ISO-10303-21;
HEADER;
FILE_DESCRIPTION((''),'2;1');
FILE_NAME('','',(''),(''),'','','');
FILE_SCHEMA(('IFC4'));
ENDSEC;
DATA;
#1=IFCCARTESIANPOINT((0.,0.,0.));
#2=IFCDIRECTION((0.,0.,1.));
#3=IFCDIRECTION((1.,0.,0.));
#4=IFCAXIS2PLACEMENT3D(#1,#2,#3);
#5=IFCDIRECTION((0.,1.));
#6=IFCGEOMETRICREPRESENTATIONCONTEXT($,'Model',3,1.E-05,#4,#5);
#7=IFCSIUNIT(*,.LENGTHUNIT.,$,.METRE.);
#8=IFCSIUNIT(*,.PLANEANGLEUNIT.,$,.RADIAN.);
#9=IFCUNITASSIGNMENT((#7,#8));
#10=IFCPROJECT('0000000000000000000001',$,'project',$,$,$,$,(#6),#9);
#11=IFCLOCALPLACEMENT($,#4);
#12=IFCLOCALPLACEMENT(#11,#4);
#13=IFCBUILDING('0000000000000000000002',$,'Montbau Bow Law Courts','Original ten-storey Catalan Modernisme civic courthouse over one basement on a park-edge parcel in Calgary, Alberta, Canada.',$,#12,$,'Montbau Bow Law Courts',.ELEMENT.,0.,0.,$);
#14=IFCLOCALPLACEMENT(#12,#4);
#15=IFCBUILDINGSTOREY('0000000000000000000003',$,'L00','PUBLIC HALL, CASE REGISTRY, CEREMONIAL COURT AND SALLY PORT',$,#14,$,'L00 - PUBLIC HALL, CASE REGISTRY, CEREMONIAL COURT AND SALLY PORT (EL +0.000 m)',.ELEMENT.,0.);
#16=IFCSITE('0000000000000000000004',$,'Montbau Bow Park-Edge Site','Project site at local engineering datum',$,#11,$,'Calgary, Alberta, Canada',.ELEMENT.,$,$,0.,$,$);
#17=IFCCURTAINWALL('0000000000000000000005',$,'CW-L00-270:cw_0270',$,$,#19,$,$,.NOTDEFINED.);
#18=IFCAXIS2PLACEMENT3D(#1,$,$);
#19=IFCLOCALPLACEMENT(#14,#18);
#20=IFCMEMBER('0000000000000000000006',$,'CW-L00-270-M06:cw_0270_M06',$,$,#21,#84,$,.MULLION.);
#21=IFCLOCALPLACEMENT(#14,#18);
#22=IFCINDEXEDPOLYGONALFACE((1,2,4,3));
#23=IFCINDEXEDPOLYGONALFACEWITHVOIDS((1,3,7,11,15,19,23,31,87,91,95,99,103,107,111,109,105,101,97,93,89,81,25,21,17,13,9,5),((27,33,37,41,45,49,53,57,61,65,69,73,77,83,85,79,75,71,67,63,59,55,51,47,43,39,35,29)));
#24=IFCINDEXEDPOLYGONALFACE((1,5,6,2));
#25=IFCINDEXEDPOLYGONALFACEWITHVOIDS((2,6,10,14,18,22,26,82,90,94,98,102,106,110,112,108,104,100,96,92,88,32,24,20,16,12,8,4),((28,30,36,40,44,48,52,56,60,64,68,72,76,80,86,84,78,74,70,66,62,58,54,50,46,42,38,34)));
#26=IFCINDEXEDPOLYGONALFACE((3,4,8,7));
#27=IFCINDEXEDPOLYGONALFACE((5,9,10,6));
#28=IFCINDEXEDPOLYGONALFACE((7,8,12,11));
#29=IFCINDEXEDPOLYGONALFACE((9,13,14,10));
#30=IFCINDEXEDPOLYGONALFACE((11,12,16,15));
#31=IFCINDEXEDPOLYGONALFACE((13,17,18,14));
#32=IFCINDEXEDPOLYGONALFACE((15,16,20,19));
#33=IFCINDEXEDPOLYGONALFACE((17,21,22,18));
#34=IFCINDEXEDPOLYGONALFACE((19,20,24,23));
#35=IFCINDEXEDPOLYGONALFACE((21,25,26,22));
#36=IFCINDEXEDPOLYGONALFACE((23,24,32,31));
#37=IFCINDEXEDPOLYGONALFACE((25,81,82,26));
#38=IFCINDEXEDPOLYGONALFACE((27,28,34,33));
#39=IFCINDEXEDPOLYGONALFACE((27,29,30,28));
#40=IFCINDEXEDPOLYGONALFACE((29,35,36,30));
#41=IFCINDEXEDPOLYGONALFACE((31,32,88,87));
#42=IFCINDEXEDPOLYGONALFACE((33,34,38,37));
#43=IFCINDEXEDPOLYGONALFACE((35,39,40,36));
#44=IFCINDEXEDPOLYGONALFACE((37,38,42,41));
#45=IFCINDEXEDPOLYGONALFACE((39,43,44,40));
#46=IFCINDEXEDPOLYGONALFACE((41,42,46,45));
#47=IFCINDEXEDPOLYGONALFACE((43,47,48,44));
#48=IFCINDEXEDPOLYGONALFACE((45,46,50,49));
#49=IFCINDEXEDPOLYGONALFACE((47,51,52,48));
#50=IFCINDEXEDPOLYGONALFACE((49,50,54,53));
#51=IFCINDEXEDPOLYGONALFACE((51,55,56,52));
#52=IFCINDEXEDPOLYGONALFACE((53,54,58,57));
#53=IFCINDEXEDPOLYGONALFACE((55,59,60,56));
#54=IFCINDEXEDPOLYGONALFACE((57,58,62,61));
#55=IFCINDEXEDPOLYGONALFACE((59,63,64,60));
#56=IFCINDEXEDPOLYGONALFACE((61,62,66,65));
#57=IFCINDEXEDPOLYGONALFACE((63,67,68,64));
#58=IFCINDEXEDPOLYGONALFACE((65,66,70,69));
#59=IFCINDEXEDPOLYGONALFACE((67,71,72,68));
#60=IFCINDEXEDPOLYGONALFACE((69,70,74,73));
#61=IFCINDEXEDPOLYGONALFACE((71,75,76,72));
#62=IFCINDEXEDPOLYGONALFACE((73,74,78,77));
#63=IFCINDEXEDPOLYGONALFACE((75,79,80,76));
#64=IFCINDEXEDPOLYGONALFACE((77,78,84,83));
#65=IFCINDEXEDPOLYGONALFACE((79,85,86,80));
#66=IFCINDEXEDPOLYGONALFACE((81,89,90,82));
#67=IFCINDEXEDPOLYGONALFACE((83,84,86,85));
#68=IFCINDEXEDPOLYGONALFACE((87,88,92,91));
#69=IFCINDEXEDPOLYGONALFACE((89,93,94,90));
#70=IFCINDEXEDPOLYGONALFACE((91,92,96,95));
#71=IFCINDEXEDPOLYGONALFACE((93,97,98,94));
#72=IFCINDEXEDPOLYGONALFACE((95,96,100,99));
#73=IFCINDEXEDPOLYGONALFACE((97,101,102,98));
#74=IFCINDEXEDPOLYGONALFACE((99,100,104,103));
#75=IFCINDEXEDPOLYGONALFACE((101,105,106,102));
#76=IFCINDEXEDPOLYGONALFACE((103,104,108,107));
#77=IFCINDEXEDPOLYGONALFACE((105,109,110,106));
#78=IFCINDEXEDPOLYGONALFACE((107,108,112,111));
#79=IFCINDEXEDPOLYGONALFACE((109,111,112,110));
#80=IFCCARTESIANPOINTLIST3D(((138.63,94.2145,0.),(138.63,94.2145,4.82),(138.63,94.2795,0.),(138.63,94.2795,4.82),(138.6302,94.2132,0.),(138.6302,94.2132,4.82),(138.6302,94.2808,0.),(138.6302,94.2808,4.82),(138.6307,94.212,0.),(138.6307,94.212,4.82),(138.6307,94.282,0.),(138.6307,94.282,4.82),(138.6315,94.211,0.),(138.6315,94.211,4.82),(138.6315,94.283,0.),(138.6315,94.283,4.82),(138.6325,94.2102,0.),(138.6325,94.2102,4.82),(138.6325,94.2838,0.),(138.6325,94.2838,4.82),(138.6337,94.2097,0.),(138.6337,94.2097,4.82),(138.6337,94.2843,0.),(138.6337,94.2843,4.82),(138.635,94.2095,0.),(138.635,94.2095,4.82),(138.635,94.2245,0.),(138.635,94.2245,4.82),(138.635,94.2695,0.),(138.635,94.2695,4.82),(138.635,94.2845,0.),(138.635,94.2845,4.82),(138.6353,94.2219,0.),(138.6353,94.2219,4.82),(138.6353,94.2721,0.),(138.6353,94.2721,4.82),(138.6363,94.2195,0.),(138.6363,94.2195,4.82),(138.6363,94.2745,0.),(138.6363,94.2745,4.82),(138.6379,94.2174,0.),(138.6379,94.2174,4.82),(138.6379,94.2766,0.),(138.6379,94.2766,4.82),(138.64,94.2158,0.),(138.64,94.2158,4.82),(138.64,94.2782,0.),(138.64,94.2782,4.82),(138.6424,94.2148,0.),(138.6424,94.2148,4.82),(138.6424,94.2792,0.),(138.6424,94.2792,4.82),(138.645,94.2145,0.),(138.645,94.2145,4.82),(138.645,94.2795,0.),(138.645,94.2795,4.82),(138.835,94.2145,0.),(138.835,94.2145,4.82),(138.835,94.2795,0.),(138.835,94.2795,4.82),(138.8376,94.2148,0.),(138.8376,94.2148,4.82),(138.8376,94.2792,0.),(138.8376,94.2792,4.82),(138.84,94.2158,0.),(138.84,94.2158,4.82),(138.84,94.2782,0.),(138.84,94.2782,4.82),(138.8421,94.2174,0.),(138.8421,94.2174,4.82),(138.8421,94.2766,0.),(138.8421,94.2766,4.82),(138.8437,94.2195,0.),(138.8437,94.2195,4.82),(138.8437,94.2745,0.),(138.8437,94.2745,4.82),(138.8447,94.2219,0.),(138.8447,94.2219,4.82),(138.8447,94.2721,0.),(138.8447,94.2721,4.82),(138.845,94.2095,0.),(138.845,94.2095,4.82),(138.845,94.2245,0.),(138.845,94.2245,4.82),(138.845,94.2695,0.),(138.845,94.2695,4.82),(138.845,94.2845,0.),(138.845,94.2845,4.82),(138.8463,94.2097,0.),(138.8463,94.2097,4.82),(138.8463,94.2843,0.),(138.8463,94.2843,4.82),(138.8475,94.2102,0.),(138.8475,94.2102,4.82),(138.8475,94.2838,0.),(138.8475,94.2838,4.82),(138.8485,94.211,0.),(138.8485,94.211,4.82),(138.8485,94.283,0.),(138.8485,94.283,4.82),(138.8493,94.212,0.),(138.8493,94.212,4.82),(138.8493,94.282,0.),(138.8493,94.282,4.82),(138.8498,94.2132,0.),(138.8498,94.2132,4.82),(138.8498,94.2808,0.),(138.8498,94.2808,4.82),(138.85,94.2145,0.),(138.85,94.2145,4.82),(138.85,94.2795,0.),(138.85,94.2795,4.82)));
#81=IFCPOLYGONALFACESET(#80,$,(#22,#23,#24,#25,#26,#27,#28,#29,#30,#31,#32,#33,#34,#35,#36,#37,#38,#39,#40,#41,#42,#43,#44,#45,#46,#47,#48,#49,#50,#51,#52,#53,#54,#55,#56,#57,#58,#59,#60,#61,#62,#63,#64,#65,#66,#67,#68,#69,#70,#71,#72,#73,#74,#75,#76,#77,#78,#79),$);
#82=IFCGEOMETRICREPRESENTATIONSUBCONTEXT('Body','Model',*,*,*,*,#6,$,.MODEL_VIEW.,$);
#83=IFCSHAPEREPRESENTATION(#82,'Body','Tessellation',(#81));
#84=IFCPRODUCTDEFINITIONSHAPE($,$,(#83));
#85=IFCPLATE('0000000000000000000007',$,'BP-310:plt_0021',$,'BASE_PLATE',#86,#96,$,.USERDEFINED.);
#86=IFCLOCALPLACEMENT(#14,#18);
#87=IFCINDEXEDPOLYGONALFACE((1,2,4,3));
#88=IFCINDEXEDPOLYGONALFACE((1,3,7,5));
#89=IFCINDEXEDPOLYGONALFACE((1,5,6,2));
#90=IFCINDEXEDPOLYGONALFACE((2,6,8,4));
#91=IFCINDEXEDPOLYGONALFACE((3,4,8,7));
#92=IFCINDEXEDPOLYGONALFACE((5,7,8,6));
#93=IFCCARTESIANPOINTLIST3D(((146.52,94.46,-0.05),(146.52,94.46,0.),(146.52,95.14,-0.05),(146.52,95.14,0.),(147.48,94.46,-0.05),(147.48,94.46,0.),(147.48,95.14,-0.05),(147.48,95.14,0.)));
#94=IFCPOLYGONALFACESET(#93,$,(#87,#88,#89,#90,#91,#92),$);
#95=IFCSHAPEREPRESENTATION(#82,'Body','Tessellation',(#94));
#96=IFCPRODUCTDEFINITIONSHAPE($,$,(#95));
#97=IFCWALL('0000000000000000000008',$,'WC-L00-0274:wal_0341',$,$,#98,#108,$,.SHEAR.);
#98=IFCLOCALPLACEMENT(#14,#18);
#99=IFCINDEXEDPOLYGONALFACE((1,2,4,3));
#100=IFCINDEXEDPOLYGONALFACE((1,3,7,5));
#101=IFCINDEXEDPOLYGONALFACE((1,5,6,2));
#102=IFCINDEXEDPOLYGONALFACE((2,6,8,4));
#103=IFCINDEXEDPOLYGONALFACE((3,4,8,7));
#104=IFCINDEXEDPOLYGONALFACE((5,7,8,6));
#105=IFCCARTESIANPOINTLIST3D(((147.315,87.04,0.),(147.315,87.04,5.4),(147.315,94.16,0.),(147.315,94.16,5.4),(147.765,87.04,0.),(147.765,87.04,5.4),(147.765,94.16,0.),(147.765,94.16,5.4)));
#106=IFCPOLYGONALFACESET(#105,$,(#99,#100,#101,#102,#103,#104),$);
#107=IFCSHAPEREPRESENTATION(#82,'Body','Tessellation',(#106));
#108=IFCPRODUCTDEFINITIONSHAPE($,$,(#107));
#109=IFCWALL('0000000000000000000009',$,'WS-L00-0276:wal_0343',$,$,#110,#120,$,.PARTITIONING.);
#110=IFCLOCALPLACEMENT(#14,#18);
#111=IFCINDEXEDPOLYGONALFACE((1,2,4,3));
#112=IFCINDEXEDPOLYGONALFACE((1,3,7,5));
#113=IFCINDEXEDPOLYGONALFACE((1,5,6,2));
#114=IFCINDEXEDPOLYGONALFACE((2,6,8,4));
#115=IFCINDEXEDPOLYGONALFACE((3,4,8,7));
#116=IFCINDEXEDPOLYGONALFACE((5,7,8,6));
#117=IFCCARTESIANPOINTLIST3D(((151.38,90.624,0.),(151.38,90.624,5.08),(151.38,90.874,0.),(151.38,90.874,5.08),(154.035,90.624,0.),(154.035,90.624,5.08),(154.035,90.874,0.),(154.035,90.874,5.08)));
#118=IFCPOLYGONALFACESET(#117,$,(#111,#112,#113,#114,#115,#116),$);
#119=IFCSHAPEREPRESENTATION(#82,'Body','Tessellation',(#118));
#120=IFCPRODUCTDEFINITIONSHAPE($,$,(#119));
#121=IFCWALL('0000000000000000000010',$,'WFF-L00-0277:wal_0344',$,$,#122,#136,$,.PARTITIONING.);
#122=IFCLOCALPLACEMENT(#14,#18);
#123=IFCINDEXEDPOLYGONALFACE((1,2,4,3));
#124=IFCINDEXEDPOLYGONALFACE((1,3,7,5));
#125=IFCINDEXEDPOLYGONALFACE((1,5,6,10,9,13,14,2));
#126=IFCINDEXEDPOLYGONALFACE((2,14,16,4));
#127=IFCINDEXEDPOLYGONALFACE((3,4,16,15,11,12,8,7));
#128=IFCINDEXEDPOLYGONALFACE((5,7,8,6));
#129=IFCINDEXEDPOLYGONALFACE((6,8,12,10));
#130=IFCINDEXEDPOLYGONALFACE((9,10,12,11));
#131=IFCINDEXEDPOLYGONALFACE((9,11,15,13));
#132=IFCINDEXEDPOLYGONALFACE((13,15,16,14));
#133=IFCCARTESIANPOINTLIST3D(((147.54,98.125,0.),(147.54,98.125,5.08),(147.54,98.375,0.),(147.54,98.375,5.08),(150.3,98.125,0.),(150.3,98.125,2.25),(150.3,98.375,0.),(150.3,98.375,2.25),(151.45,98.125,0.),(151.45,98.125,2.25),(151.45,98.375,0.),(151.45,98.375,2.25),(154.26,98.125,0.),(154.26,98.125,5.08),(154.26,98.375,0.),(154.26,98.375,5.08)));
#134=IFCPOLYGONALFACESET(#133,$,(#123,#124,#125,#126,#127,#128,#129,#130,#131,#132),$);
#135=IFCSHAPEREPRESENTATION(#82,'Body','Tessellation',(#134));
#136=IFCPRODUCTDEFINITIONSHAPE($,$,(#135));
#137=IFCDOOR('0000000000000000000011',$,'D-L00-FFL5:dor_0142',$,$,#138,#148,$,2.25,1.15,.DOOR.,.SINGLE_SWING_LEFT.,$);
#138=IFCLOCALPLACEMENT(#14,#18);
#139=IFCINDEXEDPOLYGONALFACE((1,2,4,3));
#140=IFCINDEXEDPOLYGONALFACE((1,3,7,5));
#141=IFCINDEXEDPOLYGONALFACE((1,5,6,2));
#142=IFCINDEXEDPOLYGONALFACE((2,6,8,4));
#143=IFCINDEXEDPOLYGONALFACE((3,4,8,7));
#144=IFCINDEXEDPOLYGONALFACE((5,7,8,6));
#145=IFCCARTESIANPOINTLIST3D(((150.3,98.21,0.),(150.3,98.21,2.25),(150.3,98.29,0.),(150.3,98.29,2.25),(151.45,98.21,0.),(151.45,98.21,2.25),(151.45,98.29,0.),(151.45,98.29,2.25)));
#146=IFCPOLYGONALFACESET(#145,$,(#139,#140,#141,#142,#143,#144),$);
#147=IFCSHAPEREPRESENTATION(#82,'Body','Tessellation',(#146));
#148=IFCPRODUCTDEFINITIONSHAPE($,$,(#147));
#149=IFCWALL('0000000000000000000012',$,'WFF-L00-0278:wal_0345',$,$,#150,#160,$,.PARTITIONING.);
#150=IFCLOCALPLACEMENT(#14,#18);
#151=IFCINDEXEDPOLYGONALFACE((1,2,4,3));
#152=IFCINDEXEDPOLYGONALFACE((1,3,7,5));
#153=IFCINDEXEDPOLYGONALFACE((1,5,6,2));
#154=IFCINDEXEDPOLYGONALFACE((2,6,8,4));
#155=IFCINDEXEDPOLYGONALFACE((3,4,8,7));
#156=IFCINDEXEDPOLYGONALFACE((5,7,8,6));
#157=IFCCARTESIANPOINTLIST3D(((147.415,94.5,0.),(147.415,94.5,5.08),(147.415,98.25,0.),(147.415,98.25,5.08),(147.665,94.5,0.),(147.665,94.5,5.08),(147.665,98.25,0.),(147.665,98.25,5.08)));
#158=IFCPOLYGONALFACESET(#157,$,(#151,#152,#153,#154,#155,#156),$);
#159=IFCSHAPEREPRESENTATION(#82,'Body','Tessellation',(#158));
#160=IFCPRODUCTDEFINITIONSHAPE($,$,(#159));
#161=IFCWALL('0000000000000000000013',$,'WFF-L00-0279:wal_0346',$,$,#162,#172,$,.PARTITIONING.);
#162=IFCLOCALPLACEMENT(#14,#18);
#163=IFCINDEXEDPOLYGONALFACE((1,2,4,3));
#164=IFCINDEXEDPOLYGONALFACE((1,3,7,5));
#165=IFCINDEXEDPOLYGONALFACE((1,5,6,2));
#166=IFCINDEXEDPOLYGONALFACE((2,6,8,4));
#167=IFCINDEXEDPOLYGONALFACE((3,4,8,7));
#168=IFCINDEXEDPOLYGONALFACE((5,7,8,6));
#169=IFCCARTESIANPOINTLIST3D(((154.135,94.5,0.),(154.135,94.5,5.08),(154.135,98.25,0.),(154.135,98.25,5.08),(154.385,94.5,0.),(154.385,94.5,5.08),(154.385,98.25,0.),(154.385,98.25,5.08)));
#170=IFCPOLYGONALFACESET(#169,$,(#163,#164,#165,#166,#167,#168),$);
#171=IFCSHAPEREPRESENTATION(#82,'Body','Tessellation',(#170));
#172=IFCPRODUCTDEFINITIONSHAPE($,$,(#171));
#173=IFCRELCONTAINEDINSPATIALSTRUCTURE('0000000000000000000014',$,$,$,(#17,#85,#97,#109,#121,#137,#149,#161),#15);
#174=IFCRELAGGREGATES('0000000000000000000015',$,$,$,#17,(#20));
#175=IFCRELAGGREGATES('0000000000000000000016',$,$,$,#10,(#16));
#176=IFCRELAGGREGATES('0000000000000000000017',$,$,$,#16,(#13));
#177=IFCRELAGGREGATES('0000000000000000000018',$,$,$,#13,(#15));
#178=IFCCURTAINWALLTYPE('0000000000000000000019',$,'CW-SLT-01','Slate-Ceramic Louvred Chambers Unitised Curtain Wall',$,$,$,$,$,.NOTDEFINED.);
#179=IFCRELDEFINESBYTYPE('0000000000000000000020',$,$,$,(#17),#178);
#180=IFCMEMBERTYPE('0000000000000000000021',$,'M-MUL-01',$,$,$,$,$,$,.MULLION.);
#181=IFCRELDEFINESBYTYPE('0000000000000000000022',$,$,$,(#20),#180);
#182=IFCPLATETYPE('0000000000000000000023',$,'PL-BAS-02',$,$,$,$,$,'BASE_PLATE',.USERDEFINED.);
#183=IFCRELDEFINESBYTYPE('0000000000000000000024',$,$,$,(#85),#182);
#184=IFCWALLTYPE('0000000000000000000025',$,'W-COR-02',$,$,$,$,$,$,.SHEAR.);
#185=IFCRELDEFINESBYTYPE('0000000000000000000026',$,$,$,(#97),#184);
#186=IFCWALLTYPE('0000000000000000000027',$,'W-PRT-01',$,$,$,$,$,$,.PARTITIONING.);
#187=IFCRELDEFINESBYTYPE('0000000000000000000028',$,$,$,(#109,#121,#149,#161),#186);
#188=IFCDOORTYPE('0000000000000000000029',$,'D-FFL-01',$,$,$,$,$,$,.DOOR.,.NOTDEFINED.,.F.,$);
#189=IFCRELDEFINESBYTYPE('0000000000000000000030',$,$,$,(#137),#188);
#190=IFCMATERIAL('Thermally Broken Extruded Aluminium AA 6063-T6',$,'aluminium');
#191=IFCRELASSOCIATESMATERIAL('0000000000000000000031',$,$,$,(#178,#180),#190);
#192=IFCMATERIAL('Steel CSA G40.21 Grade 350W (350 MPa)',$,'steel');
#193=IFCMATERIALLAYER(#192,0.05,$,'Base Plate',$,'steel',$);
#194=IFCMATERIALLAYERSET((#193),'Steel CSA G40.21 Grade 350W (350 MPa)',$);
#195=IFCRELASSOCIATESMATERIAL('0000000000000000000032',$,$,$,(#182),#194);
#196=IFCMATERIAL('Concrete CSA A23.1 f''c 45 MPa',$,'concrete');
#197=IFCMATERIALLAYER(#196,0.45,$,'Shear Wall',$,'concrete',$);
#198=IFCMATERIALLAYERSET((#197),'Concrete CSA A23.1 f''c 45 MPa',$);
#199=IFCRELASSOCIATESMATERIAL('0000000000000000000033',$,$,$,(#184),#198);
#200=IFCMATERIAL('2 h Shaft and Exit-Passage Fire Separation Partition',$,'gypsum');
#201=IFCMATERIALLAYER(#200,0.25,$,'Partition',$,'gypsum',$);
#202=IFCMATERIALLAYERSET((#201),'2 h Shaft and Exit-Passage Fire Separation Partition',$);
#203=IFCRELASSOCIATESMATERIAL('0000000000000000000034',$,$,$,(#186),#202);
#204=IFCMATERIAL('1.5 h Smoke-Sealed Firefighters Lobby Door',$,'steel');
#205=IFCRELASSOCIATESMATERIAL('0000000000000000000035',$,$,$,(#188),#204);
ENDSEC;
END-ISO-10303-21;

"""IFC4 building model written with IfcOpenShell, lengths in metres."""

from ifc_helpers import new_model, si_unit, direction, frame, frame_2d, origin_with_axes, origin_2d_with_axis, place, context, subcontext, project, spatial, rectangle, hollow_rectangle, extrude, material, layer, layer_set, material_profile, profile_set, type_object, element, fill, aggregate, save


model = new_model("IFC4")

# Units and contexts
model_context = context("Model", 3, precision=1e-05, world=origin_with_axes(), true_north=direction((0.0, 1.0)))
body_context = subcontext(model_context, "Body", "Model", "MODEL_VIEW")
ifc_project = project(units=[si_unit("LENGTHUNIT", "METRE"), si_unit("PLANEANGLEUNIT", "RADIAN")], contexts=[model_context])

# Site, building, storey
site_placement = place(None, origin_with_axes())
site = spatial("IfcSite", under=ifc_project, at=site_placement, Name="Montbau Bow Park-Edge Site", Description="Project site at local engineering datum", LongName="Calgary, Alberta, Canada", CompositionType="ELEMENT", RefElevation=0.0)
building_placement = place(site_placement, origin_with_axes())
building = spatial("IfcBuilding", under=site, at=building_placement, Name="Montbau Bow Law Courts", Description="Original ten-storey Catalan Modernisme civic courthouse over one basement on a park-edge parcel in Calgary, Alberta, Canada.", LongName="Montbau Bow Law Courts", CompositionType="ELEMENT", ElevationOfRefHeight=0.0, ElevationOfTerrain=0.0)
storey_placement = place(building_placement, origin_with_axes())
storey = spatial("IfcBuildingStorey", under=building, at=storey_placement, Name="L00", Description="PUBLIC HALL, CASE REGISTRY, CEREMONIAL COURT AND SALLY PORT", LongName="L00 - PUBLIC HALL, CASE REGISTRY, CEREMONIAL COURT AND SALLY PORT (EL +0.000 m)", CompositionType="ELEMENT", Elevation=0.0)

# Shared definitions
ifc_material_1 = material(Name="Steel CSA G40.21 Grade 350W (350 MPa)", Category="steel")

# Curtain wall, member
ifc_material_2 = material(Name="Thermally Broken Extruded Aluminium AA 6063-T6", Category="aluminium")
curtain_wall_type = type_object("IfcCurtainWallType", Name="CW-SLT-01", Description="Slate-Ceramic Louvred Chambers Unitised Curtain Wall", PredefinedType="NOTDEFINED", material=ifc_material_2)
curtain_wall_placement = place(None, frame((138.74, 86.915, 0.0), z_axis=(0.0, 0.0, 1.0), x_axis=(1.0, 0.0, 0.0)))
curtain_wall = element("IfcCurtainWall", 1, at=curtain_wall_placement, inside=storey, type_object=curtain_wall_type, Name="CW-L00-270:cw_0270", PredefinedType="NOTDEFINED")
ifc_material_profile_1 = material_profile(ifc_material_2, hollow_rectangle(XDim=0.075, YDim=0.22, WallThickness=0.005, InnerFilletRadius=0.01, OuterFilletRadius=0.005, at=origin_2d_with_axis()), Name="CWM-220X75", Category="Main", Priority=0)
ifc_profile_set_1 = profile_set([ifc_material_profile_1], Name="Thermally Broken Extruded Aluminium AA 6063-T6")
member_type = type_object("IfcMemberType", Name="M-MUL-01", PredefinedType="MULLION", material=ifc_profile_set_1)
member_placement = place(None, frame((138.74, 94.247, 0.0), z_axis=(0.0, 0.0, 1.0), x_axis=(0.0, 1.0, 0.0)))
member = element("IfcMember", 2, at=member_placement, type_object=member_type, Name="CW-L00-270-M06:cw_0270_M06", PredefinedType="MULLION", context=body_context, shape_type="SweptSolid", body=[
    extrude(hollow_rectangle(XDim=0.075, YDim=0.22, WallThickness=0.005, InnerFilletRadius=0.01, OuterFilletRadius=0.005, at=origin_2d_with_axis()), origin_with_axes(), (0.0, 0.0, 1.0), 4.82),
])
aggregate(curtain_wall, [member])

# Plate
ifc_layer_1 = layer(ifc_material_1, 0.05, Name="Base Plate", Category="steel")
ifc_layer_set_1 = layer_set([ifc_layer_1], Name="Steel CSA G40.21 Grade 350W (350 MPa)")
plate_type = type_object("IfcPlateType", Name="PL-BAS-02", ElementType="BASE_PLATE", PredefinedType="USERDEFINED", material=ifc_layer_set_1)
plate_placement = place(None, frame((147.0, 94.8, -0.05), z_axis=(0.0, 0.0, 1.0), x_axis=(1.0, 0.0, 0.0)))
element("IfcPlate", 3, at=plate_placement, inside=storey, type_object=plate_type, Name="BP-310:plt_0021", ObjectType="BASE_PLATE", PredefinedType="USERDEFINED", context=body_context, shape_type="SweptSolid", body=[
    extrude(rectangle(XDim=0.96, YDim=0.68, at=origin_2d_with_axis()), origin_with_axes(), (0.0, 0.0, 1.0), 0.05),
])

# Walls
ifc_material_3 = material(Name="Concrete CSA A23.1 f'c 45 MPa", Category="concrete")
ifc_layer_2 = layer(ifc_material_3, 0.45, Name="Shear Wall", Category="concrete")
ifc_layer_set_2 = layer_set([ifc_layer_2], Name="Concrete CSA A23.1 f'c 45 MPa")
wall_type_1 = type_object("IfcWallType", Name="W-COR-02", PredefinedType="SHEAR", material=ifc_layer_set_2)
wall_1_placement = place(None, frame((147.54, 94.16, 0.0), z_axis=(0.0, 0.0, 1.0), x_axis=(0.0, -1.0, 0.0)))
element("IfcWall", 4, at=wall_1_placement, inside=storey, type_object=wall_type_1, Name="WC-L00-0274:wal_0341", PredefinedType="SHEAR", context=body_context, shape_type="SweptSolid", body=[
    extrude(rectangle(XDim=7.12, YDim=0.45, at=frame_2d((3.56, 0.0), x_axis=(1.0, 0.0))), origin_with_axes(), (0.0, 0.0, 1.0), 5.4),
])
ifc_material_4 = material(Name="2 h Shaft and Exit-Passage Fire Separation Partition", Category="gypsum")
ifc_layer_3 = layer(ifc_material_4, 0.25, Name="Partition", Category="gypsum")
ifc_layer_set_3 = layer_set([ifc_layer_3], Name="2 h Shaft and Exit-Passage Fire Separation Partition")
wall_type_2 = type_object("IfcWallType", Name="W-PRT-01", PredefinedType="PARTITIONING", material=ifc_layer_set_3)
wall_2_placement = place(None, frame((151.38, 90.749, 0.0), z_axis=(0.0, 0.0, 1.0), x_axis=(1.0, 0.0, 0.0)))
element("IfcWall", 5, at=wall_2_placement, inside=storey, type_object=wall_type_2, Name="WS-L00-0276:wal_0343", PredefinedType="PARTITIONING", context=body_context, shape_type="SweptSolid", body=[
    extrude(rectangle(XDim=2.655, YDim=0.25, at=frame_2d((1.3275, 0.0), x_axis=(1.0, 0.0))), origin_with_axes(), (0.0, 0.0, 1.0), 5.08),
])

# Wall, opening, door
wall_3_placement = place(None, frame((154.26, 98.25, 0.0), z_axis=(0.0, 0.0, 1.0), x_axis=(-1.0, 0.0, 0.0)))
wall_3 = element("IfcWall", 6, at=wall_3_placement, inside=storey, type_object=wall_type_2, Name="WFF-L00-0277:wal_0344", PredefinedType="PARTITIONING", context=body_context, shape_type="SweptSolid", body=[
    extrude(rectangle(XDim=6.72, YDim=0.25, at=frame_2d((3.36, 0.0), x_axis=(1.0, 0.0))), origin_with_axes(), (0.0, 0.0, 1.0), 5.08),
])
opening_1_placement = place(None, frame((150.875, 98.25, 0.0), z_axis=(0.0, 0.0, 1.0), x_axis=(-1.0, 0.0, 0.0)))
opening_1 = element("IfcOpeningElement", 7, at=opening_1_placement, cuts=wall_3, PredefinedType="OPENING", context=body_context, shape_type="SweptSolid", body=[
    extrude(rectangle(XDim=1.15, YDim=2.25, at=frame_2d((0.0, 1.125), x_axis=(1.0, 0.0))), frame((0.0, 0.135, 0.0), z_axis=(0.0, -1.0, 0.0), x_axis=(1.0, 0.0, 0.0)), (0.0, 0.0, 1.0), 0.27),
])
ifc_material_5 = material(Name="1.5 h Smoke-Sealed Firefighters Lobby Door", Category="steel")
door_type_1 = type_object("IfcDoorType", Name="D-FFL-01", OperationType="NOTDEFINED", ParameterTakesPrecedence=False, PredefinedType="DOOR", material=ifc_material_5)
door_1_placement = place(None, frame((150.875, 98.25, 0.0), z_axis=(0.0, 0.0, 1.0), x_axis=(1.0, 0.0, 0.0)))
door_1 = element("IfcDoor", 8, at=door_1_placement, inside=storey, type_object=door_type_1, Name="D-L00-FFL5:dor_0142", OperationType="SINGLE_SWING_LEFT", OverallHeight=2.25, OverallWidth=1.15, PredefinedType="DOOR", context=body_context, shape_type="SweptSolid", body=[
    extrude(rectangle(XDim=1.15, YDim=2.25, at=frame_2d((0.0, 1.125), x_axis=(1.0, 0.0))), frame((0.0, 0.04, 0.0), z_axis=(0.0, -1.0, 0.0), x_axis=(1.0, 0.0, 0.0)), (0.0, 0.0, 1.0), 0.08),
])
fill(opening_1, door_1)

# Walls
for number, where, z_axis, x_axis, name in (
    (9, (147.54, 94.5, 0.0), (0.0, 0.0, 1.0), (0.0, 1.0, 0.0), "WFF-L00-0278:wal_0345"),
    (10, (154.26, 94.5, 0.0), (0.0, 0.0, 1.0), (0.0, 1.0, 0.0), "WFF-L00-0279:wal_0346"),
):
    element("IfcWall", number, at=place(None, frame(where, z_axis=z_axis, x_axis=x_axis)), inside=storey, type_object=wall_type_2, Name=name, PredefinedType="PARTITIONING", context=body_context, shape_type="SweptSolid", body=[
        extrude(rectangle(XDim=3.75, YDim=0.25, at=frame_2d((1.875, 0.0), x_axis=(1.0, 0.0))), origin_with_axes(), (0.0, 0.0, 1.0), 5.08),
    ])

save(model, "model.ifc")
